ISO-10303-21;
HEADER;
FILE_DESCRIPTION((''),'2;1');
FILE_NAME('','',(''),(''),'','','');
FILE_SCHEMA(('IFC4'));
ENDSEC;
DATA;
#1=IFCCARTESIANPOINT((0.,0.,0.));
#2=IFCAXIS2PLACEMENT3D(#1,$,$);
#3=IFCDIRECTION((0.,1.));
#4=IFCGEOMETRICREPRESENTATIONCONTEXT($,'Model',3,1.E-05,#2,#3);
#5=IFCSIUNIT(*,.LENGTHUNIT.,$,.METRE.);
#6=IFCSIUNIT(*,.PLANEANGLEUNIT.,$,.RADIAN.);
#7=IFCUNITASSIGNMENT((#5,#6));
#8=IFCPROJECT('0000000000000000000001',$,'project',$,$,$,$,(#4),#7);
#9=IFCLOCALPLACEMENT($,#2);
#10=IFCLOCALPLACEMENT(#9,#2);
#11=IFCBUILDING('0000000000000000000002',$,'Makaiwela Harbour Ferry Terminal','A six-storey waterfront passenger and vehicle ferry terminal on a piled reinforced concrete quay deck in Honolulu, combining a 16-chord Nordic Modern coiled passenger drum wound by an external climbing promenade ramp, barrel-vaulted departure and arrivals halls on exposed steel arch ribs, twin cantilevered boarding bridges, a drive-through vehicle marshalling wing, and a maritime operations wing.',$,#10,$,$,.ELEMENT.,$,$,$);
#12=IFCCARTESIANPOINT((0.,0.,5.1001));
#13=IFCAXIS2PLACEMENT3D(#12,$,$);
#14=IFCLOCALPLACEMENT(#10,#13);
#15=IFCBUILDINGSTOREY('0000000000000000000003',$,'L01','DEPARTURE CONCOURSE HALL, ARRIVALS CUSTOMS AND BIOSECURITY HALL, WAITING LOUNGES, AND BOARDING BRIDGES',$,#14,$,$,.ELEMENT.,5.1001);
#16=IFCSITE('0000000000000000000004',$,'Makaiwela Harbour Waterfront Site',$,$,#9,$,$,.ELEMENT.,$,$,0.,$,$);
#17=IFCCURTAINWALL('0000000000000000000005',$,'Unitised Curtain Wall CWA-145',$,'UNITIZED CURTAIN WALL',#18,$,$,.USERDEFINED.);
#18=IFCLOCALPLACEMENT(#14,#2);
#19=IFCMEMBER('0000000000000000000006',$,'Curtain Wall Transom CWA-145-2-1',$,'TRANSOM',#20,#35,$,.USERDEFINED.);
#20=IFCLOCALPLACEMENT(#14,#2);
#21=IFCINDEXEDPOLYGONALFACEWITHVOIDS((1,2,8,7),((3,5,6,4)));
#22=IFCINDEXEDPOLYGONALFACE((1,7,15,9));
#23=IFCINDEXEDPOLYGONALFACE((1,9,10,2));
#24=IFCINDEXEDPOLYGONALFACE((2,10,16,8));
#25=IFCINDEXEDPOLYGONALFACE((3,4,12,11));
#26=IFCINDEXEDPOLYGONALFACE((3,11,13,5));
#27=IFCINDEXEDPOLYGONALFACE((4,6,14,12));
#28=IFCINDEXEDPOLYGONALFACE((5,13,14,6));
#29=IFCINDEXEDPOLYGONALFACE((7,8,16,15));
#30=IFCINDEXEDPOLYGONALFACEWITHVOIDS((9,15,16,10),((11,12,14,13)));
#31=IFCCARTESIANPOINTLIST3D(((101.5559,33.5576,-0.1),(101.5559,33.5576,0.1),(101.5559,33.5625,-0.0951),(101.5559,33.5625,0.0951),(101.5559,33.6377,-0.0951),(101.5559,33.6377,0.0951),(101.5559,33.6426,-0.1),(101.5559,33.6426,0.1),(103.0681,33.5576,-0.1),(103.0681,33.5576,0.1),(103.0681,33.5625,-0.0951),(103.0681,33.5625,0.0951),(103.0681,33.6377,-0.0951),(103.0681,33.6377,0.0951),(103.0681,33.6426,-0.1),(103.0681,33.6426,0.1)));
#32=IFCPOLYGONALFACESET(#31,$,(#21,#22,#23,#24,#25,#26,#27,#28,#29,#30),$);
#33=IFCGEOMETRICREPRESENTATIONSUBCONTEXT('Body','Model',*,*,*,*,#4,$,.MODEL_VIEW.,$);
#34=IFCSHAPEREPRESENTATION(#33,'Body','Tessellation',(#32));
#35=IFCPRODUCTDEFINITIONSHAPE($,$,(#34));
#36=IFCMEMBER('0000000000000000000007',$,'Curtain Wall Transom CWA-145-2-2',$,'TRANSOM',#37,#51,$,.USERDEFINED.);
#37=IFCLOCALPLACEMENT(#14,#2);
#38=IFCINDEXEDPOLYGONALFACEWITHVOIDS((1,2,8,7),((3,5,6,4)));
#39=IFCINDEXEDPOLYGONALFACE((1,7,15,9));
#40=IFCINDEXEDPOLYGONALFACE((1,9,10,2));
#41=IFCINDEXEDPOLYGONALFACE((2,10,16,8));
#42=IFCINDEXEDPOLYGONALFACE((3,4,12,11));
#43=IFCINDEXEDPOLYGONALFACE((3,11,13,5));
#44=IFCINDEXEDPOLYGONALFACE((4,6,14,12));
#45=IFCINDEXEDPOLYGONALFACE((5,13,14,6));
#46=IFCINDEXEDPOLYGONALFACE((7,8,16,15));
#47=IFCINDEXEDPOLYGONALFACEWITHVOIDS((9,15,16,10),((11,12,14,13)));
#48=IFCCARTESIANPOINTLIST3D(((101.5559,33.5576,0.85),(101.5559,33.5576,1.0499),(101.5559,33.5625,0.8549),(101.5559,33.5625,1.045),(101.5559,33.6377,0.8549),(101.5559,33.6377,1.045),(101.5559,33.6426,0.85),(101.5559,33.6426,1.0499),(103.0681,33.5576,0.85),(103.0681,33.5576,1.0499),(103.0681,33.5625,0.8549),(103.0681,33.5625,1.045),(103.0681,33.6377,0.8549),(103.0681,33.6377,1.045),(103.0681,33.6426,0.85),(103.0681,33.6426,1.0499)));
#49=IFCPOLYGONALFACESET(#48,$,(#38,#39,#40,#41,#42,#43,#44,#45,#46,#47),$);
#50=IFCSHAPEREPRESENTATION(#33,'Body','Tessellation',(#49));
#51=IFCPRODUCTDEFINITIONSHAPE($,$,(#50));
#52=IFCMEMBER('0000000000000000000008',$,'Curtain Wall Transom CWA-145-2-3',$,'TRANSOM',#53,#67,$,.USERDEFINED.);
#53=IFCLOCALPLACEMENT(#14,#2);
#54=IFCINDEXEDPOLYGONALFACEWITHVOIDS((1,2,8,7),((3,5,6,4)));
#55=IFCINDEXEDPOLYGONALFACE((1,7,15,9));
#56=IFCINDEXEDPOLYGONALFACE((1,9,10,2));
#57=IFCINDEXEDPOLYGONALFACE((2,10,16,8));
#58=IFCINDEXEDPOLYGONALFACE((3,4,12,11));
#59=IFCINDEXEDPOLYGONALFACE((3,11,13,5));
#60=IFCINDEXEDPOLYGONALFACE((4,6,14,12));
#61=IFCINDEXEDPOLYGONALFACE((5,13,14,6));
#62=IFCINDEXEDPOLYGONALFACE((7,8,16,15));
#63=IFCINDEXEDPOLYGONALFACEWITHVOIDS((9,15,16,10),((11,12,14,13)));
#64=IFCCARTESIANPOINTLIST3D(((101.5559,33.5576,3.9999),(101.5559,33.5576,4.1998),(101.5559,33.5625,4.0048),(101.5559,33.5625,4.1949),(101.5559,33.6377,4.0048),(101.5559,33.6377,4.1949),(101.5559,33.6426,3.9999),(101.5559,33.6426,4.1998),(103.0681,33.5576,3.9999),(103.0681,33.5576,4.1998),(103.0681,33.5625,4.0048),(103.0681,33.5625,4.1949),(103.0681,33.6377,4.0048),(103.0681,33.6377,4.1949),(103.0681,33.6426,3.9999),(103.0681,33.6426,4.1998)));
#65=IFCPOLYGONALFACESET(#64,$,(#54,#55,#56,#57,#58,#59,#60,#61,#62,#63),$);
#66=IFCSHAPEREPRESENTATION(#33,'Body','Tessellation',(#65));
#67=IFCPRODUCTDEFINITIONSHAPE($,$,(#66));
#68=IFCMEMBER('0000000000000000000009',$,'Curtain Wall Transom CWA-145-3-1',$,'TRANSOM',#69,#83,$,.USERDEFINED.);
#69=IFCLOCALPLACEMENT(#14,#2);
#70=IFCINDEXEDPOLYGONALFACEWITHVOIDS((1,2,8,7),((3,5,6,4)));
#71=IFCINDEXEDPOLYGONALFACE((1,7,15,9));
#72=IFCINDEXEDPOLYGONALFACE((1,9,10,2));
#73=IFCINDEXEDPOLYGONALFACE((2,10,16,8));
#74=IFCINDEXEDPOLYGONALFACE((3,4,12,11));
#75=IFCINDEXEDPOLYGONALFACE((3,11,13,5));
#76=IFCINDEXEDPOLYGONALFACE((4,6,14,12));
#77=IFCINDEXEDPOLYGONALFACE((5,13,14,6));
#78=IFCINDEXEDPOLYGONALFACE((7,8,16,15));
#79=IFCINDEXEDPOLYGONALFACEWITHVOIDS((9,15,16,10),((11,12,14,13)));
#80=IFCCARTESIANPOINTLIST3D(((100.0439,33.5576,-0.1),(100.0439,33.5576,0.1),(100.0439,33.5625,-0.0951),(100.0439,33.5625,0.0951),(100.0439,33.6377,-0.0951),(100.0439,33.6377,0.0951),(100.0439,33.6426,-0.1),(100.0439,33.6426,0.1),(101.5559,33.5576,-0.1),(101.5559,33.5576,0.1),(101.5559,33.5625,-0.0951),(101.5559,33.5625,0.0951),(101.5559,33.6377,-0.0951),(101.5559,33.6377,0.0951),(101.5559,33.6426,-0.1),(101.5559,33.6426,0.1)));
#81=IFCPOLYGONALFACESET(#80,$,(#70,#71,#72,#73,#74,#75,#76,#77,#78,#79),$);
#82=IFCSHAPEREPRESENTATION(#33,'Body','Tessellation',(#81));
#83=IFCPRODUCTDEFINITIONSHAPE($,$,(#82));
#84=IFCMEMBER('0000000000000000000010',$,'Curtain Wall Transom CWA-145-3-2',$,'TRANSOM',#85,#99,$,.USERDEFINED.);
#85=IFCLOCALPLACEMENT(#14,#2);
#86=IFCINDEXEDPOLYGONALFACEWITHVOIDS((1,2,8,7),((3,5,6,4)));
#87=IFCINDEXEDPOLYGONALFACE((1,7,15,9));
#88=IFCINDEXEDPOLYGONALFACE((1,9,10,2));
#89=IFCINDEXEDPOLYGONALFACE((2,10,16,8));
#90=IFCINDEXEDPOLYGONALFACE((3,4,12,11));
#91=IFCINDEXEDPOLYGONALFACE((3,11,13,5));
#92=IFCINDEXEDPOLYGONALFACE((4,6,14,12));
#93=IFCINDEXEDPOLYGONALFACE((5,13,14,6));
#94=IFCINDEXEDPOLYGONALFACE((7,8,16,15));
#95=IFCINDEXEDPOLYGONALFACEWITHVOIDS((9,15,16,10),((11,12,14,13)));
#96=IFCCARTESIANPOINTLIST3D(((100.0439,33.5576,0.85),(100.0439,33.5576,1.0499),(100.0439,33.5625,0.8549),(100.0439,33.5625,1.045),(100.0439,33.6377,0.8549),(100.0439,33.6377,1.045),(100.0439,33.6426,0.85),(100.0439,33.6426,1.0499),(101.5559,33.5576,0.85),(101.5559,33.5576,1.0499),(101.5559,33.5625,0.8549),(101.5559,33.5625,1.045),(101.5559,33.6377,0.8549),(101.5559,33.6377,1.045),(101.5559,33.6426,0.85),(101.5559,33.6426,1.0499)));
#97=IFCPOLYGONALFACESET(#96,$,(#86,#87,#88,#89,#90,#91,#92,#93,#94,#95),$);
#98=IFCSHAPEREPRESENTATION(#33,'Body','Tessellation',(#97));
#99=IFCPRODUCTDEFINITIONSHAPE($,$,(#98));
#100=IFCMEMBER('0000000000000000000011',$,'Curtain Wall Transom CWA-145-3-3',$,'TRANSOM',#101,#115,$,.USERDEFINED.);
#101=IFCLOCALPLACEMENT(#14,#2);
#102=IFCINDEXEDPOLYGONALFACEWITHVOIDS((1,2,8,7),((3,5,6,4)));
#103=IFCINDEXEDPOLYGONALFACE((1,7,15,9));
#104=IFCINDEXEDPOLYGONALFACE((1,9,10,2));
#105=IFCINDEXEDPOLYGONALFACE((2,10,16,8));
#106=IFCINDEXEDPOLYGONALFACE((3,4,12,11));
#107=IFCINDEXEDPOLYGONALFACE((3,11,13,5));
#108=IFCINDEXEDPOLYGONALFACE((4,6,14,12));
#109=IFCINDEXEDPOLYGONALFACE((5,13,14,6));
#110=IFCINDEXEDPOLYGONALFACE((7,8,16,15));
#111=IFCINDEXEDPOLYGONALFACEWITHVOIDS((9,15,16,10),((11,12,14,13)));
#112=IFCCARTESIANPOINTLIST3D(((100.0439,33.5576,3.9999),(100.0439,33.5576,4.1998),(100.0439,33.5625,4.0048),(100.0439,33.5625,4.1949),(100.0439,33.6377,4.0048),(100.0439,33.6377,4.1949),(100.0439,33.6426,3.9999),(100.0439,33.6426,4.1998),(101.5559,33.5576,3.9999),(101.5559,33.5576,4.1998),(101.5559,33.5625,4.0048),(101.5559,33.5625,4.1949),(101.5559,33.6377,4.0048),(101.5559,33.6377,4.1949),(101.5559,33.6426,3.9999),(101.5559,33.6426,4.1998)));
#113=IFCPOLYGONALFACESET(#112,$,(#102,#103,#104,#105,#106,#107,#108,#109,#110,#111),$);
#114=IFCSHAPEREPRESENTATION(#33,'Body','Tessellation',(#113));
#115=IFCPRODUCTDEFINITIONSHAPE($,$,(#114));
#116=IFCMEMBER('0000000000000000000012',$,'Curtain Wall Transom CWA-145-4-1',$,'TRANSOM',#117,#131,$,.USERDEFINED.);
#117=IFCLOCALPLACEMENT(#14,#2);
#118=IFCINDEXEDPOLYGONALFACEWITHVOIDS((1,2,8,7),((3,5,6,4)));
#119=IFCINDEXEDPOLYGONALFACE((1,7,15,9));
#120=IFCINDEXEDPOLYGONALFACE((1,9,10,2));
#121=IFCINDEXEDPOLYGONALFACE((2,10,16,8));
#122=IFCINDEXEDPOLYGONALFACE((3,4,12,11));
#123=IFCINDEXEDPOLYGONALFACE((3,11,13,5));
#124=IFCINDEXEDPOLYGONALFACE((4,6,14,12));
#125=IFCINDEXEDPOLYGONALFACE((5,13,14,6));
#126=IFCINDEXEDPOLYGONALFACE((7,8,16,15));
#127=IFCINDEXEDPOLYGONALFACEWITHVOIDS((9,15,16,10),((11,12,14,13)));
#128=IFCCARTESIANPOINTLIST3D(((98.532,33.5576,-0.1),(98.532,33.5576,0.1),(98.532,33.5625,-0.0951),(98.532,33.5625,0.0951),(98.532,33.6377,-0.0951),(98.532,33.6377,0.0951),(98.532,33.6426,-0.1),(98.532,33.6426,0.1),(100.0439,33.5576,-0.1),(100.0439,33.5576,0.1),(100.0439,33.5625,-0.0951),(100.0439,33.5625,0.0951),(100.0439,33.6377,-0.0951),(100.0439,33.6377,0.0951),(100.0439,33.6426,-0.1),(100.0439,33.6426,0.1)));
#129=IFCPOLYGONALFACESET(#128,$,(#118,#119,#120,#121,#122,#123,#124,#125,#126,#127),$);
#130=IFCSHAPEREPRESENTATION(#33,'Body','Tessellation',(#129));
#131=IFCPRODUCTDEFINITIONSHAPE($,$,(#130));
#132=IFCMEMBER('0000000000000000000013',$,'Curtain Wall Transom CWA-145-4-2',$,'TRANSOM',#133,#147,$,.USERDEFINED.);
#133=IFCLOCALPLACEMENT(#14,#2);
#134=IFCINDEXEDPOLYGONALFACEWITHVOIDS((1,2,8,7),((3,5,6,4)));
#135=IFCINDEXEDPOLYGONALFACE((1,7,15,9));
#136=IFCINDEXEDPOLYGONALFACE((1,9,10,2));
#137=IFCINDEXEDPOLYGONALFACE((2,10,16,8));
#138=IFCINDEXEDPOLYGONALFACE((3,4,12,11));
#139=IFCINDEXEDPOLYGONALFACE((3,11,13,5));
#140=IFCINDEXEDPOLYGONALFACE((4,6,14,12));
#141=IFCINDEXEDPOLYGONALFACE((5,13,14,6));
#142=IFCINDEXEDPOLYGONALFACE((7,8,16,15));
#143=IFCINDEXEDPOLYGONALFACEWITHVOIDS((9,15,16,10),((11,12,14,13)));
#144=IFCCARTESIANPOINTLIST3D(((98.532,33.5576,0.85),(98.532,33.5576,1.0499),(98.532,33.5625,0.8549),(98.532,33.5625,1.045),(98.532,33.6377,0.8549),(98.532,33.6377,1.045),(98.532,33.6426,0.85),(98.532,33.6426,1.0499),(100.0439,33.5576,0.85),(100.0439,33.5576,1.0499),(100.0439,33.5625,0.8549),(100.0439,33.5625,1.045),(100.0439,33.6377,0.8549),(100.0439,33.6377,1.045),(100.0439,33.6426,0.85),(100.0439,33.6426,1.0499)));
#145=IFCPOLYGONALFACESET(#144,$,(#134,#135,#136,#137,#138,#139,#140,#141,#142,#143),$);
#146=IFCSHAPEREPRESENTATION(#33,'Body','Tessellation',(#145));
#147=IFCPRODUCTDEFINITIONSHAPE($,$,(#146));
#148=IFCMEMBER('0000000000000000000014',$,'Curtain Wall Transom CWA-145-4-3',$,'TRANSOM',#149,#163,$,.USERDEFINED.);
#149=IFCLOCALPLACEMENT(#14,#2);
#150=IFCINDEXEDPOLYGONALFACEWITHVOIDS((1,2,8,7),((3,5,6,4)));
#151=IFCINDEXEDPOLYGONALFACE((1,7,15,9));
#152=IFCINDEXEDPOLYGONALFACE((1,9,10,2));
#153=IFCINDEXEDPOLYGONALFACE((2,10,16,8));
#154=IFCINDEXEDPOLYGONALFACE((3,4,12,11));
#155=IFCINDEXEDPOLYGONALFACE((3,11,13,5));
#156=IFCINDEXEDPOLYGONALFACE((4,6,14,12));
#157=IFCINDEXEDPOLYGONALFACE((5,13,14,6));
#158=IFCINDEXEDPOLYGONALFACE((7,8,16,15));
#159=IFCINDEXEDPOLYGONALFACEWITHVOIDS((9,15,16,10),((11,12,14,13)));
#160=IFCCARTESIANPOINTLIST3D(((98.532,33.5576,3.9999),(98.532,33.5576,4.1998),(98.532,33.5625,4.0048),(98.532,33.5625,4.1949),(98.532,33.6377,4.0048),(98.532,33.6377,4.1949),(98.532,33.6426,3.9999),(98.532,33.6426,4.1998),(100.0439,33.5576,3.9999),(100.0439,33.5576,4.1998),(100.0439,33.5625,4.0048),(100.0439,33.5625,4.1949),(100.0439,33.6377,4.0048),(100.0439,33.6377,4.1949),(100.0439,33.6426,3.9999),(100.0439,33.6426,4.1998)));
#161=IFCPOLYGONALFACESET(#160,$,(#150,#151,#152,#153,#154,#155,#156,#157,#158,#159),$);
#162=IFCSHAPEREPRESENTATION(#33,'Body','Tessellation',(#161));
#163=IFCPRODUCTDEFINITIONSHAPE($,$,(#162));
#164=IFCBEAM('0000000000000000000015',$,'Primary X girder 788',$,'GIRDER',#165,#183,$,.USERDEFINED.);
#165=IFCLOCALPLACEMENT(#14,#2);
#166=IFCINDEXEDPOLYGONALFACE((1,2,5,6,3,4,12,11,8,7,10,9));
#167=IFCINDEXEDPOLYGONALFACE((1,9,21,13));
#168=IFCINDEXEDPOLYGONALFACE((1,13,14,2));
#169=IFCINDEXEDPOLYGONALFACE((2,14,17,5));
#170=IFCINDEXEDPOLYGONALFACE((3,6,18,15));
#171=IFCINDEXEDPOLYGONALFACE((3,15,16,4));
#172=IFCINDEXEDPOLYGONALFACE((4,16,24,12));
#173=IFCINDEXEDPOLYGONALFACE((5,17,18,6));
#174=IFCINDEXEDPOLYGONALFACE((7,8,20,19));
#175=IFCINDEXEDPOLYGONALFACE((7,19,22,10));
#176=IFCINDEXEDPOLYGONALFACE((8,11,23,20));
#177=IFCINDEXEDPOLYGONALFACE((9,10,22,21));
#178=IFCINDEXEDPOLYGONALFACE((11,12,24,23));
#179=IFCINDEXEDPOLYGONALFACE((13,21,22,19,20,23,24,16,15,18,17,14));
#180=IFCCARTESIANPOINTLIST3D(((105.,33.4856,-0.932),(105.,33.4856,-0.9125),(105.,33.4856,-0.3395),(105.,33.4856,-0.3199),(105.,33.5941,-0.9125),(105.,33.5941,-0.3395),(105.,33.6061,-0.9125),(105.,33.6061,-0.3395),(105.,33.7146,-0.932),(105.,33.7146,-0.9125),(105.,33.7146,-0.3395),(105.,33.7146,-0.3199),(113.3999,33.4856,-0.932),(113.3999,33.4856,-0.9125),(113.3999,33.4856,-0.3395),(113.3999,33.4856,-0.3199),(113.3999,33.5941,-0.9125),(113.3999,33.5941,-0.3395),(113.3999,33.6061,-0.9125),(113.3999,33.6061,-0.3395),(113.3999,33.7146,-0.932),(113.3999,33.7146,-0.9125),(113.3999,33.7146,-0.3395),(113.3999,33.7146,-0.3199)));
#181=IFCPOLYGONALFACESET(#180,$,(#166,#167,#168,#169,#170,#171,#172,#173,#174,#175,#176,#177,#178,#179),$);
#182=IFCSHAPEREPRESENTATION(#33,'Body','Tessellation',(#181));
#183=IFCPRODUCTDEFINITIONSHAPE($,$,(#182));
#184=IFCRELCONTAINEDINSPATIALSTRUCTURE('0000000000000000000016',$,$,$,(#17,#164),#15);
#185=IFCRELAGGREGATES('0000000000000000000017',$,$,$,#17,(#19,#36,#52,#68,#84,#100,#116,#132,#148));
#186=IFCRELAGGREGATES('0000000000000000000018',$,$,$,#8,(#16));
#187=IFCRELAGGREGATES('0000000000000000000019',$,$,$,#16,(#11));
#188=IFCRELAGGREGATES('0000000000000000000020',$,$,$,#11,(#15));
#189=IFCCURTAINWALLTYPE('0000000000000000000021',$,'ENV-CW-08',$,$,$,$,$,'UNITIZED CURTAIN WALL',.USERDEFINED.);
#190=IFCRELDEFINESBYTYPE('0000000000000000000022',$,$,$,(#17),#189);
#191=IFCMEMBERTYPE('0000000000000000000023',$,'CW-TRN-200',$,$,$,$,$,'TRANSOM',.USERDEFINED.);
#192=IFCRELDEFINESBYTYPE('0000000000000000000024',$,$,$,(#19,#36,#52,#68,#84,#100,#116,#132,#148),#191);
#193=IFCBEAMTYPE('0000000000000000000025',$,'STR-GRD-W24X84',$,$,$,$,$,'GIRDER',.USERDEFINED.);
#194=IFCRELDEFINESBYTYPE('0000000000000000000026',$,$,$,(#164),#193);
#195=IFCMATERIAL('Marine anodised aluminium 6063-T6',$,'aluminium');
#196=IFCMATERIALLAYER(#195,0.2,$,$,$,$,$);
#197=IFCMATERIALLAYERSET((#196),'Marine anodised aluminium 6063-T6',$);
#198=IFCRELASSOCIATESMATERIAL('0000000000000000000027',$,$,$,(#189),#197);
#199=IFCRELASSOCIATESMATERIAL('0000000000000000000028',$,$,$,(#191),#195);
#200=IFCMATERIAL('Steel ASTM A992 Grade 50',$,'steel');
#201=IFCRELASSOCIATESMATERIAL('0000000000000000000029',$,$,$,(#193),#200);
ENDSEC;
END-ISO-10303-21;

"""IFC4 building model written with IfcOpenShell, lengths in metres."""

from ifc_helpers import new_model, si_unit, direction, frame, origin, origin_2d, place, context, subcontext, project, spatial, hollow_rectangle, i_section, extrude, material, layer, layer_set, material_profile, profile_set, type_object, element, aggregate, save


model = new_model("IFC4")

# Units and contexts
model_context = context("Model", 3, precision=1e-05, world=origin(), true_north=direction((0.0, 1.0)))
body_context = subcontext(model_context, "Body", "Model", "MODEL_VIEW")
ifc_project = project(units=[si_unit("LENGTHUNIT", "METRE"), si_unit("PLANEANGLEUNIT", "RADIAN")], contexts=[model_context])

# Site, building, storey
site_placement = place(None, origin())
site = spatial("IfcSite", under=ifc_project, at=site_placement, Name="Makaiwela Harbour Waterfront Site", CompositionType="ELEMENT", RefElevation=0.0)
building_placement = place(site_placement, origin())
building = spatial("IfcBuilding", under=site, at=building_placement, Name="Makaiwela Harbour Ferry Terminal", Description="A six-storey waterfront passenger and vehicle ferry terminal on a piled reinforced concrete quay deck in Honolulu, combining a 16-chord Nordic Modern coiled passenger drum wound by an external climbing promenade ramp, barrel-vaulted departure and arrivals halls on exposed steel arch ribs, twin cantilevered boarding bridges, a drive-through vehicle marshalling wing, and a maritime operations wing.", CompositionType="ELEMENT")
storey_placement = place(building_placement, frame((0.0, 0.0, 5.1001)))
storey = spatial("IfcBuildingStorey", under=building, at=storey_placement, Name="L01", Description="DEPARTURE CONCOURSE HALL, ARRIVALS CUSTOMS AND BIOSECURITY HALL, WAITING LOUNGES, AND BOARDING BRIDGES", CompositionType="ELEMENT", Elevation=5.1001)

# Curtain wall
ifc_material_1 = material(Name="Marine anodised aluminium 6063-T6", Category="aluminium")
ifc_layer_1 = layer(ifc_material_1, 0.2)
ifc_layer_set_1 = layer_set([ifc_layer_1], Name="Marine anodised aluminium 6063-T6")
curtain_wall_type = type_object("IfcCurtainWallType", Name="ENV-CW-08", ElementType="UNITIZED CURTAIN WALL", PredefinedType="USERDEFINED", material=ifc_layer_set_1)
curtain_wall_1_placement = place(storey_placement, origin())
curtain_wall_1 = element("IfcCurtainWall", 1, at=curtain_wall_1_placement, inside=storey, type_object=curtain_wall_type, Name="Unitised Curtain Wall CWA-145", ObjectType="UNITIZED CURTAIN WALL", PredefinedType="USERDEFINED")

# Members
ifc_material_profile_1 = material_profile(ifc_material_1, hollow_rectangle(XDim=0.085, YDim=0.2, WallThickness=0.0049, at=origin_2d()), Name="CWT-200X85")
ifc_profile_set_1 = profile_set([ifc_material_profile_1], Name="Marine anodised aluminium 6063-T6")
member_type_1 = type_object("IfcMemberType", Name="CW-TRN-200", ElementType="TRANSOM", PredefinedType="USERDEFINED", material=ifc_profile_set_1)
member_1_placement = place(storey_placement, frame((103.0681, 33.6001, 0.0), z_axis=(-1.0, 0.0, 0.0), x_axis=(0.0, -1.0, 0.0)))
member_1 = element("IfcMember", 2, at=member_1_placement, type_object=member_type_1, Name="Curtain Wall Transom CWA-145-2-1", ObjectType="TRANSOM", PredefinedType="USERDEFINED", context=body_context, shape_type="SweptSolid", body=[
    extrude(hollow_rectangle(XDim=0.085, YDim=0.2, WallThickness=0.0049, at=origin_2d()), origin(), (0.0, 0.0, 1.0), 1.5122),
])
member_2_placement = place(storey_placement, frame((103.0681, 33.6001, 0.95), z_axis=(-1.0, 0.0, 0.0), x_axis=(0.0, -1.0, 0.0)))
member_2 = element("IfcMember", 3, at=member_2_placement, type_object=member_type_1, Name="Curtain Wall Transom CWA-145-2-2", ObjectType="TRANSOM", PredefinedType="USERDEFINED", context=body_context, shape_type="SweptSolid", body=[
    extrude(hollow_rectangle(XDim=0.085, YDim=0.2, WallThickness=0.0049, at=origin_2d()), origin(), (0.0, 0.0, 1.0), 1.5122),
])
member_3_placement = place(storey_placement, frame((103.0681, 33.6001, 4.0999), z_axis=(-1.0, 0.0, 0.0), x_axis=(0.0, -1.0, 0.0)))
member_3 = element("IfcMember", 4, at=member_3_placement, type_object=member_type_1, Name="Curtain Wall Transom CWA-145-2-3", ObjectType="TRANSOM", PredefinedType="USERDEFINED", context=body_context, shape_type="SweptSolid", body=[
    extrude(hollow_rectangle(XDim=0.085, YDim=0.2, WallThickness=0.0049, at=origin_2d()), origin(), (0.0, 0.0, 1.0), 1.5122),
])
member_4_placement = place(storey_placement, frame((101.5559, 33.6001, 0.0), z_axis=(-1.0, 0.0, 0.0), x_axis=(0.0, -1.0, 0.0)))
member_4 = element("IfcMember", 5, at=member_4_placement, type_object=member_type_1, Name="Curtain Wall Transom CWA-145-3-1", ObjectType="TRANSOM", PredefinedType="USERDEFINED", context=body_context, shape_type="SweptSolid", body=[
    extrude(hollow_rectangle(XDim=0.085, YDim=0.2, WallThickness=0.0049, at=origin_2d()), origin(), (0.0, 0.0, 1.0), 1.512),
])
member_5_placement = place(storey_placement, frame((101.5559, 33.6001, 0.95), z_axis=(-1.0, 0.0, 0.0), x_axis=(0.0, -1.0, 0.0)))
member_5 = element("IfcMember", 6, at=member_5_placement, type_object=member_type_1, Name="Curtain Wall Transom CWA-145-3-2", ObjectType="TRANSOM", PredefinedType="USERDEFINED", context=body_context, shape_type="SweptSolid", body=[
    extrude(hollow_rectangle(XDim=0.085, YDim=0.2, WallThickness=0.0049, at=origin_2d()), origin(), (0.0, 0.0, 1.0), 1.512),
])
member_6_placement = place(storey_placement, frame((101.5559, 33.6001, 4.0999), z_axis=(-1.0, 0.0, 0.0), x_axis=(0.0, -1.0, 0.0)))
member_6 = element("IfcMember", 7, at=member_6_placement, type_object=member_type_1, Name="Curtain Wall Transom CWA-145-3-3", ObjectType="TRANSOM", PredefinedType="USERDEFINED", context=body_context, shape_type="SweptSolid", body=[
    extrude(hollow_rectangle(XDim=0.085, YDim=0.2, WallThickness=0.0049, at=origin_2d()), origin(), (0.0, 0.0, 1.0), 1.512),
])
member_7_placement = place(storey_placement, frame((100.0439, 33.6001, 0.0), z_axis=(-1.0, 0.0, 0.0), x_axis=(0.0, -1.0, 0.0)))
member_7 = element("IfcMember", 8, at=member_7_placement, type_object=member_type_1, Name="Curtain Wall Transom CWA-145-4-1", ObjectType="TRANSOM", PredefinedType="USERDEFINED", context=body_context, shape_type="SweptSolid", body=[
    extrude(hollow_rectangle(XDim=0.085, YDim=0.2, WallThickness=0.0049, at=origin_2d()), origin(), (0.0, 0.0, 1.0), 1.512),
])
member_8_placement = place(storey_placement, frame((100.0439, 33.6001, 0.95), z_axis=(-1.0, 0.0, 0.0), x_axis=(0.0, -1.0, 0.0)))
member_8 = element("IfcMember", 9, at=member_8_placement, type_object=member_type_1, Name="Curtain Wall Transom CWA-145-4-2", ObjectType="TRANSOM", PredefinedType="USERDEFINED", context=body_context, shape_type="SweptSolid", body=[
    extrude(hollow_rectangle(XDim=0.085, YDim=0.2, WallThickness=0.0049, at=origin_2d()), origin(), (0.0, 0.0, 1.0), 1.512),
])
member_9_placement = place(storey_placement, frame((100.0439, 33.6001, 4.0999), z_axis=(-1.0, 0.0, 0.0), x_axis=(0.0, -1.0, 0.0)))
member_9 = element("IfcMember", 10, at=member_9_placement, type_object=member_type_1, Name="Curtain Wall Transom CWA-145-4-3", ObjectType="TRANSOM", PredefinedType="USERDEFINED", context=body_context, shape_type="SweptSolid", body=[
    extrude(hollow_rectangle(XDim=0.085, YDim=0.2, WallThickness=0.0049, at=origin_2d()), origin(), (0.0, 0.0, 1.0), 1.512),
])

# Beam
ifc_material_2 = material(Name="Steel ASTM A992 Grade 50", Category="steel")
ifc_material_profile_2 = material_profile(ifc_material_2, i_section(OverallWidth=0.229, OverallDepth=0.6121, WebThickness=0.012, FlangeThickness=0.0195, at=origin_2d()), Name="W24X84")
ifc_profile_set_2 = profile_set([ifc_material_profile_2], Name="Steel ASTM A992 Grade 50")
beam_type = type_object("IfcBeamType", Name="STR-GRD-W24X84", ElementType="GIRDER", PredefinedType="USERDEFINED", material=ifc_profile_set_2)
beam_placement = place(storey_placement, frame((105.0, 33.6001, -0.626), z_axis=(1.0, 0.0, 0.0), x_axis=(0.0, 1.0, 0.0)))
element("IfcBeam", 11, at=beam_placement, inside=storey, type_object=beam_type, Name="Primary X girder 788", ObjectType="GIRDER", PredefinedType="USERDEFINED", context=body_context, shape_type="SweptSolid", body=[
    extrude(i_section(OverallWidth=0.229, OverallDepth=0.6121, WebThickness=0.012, FlangeThickness=0.0195, at=origin_2d()), origin(), (0.0, 0.0, 1.0), 8.3999),
])

aggregate(curtain_wall_1, [member_1, member_2, member_3, member_4, member_5, member_6, member_7, member_8, member_9])

save(model, "model.ifc")
